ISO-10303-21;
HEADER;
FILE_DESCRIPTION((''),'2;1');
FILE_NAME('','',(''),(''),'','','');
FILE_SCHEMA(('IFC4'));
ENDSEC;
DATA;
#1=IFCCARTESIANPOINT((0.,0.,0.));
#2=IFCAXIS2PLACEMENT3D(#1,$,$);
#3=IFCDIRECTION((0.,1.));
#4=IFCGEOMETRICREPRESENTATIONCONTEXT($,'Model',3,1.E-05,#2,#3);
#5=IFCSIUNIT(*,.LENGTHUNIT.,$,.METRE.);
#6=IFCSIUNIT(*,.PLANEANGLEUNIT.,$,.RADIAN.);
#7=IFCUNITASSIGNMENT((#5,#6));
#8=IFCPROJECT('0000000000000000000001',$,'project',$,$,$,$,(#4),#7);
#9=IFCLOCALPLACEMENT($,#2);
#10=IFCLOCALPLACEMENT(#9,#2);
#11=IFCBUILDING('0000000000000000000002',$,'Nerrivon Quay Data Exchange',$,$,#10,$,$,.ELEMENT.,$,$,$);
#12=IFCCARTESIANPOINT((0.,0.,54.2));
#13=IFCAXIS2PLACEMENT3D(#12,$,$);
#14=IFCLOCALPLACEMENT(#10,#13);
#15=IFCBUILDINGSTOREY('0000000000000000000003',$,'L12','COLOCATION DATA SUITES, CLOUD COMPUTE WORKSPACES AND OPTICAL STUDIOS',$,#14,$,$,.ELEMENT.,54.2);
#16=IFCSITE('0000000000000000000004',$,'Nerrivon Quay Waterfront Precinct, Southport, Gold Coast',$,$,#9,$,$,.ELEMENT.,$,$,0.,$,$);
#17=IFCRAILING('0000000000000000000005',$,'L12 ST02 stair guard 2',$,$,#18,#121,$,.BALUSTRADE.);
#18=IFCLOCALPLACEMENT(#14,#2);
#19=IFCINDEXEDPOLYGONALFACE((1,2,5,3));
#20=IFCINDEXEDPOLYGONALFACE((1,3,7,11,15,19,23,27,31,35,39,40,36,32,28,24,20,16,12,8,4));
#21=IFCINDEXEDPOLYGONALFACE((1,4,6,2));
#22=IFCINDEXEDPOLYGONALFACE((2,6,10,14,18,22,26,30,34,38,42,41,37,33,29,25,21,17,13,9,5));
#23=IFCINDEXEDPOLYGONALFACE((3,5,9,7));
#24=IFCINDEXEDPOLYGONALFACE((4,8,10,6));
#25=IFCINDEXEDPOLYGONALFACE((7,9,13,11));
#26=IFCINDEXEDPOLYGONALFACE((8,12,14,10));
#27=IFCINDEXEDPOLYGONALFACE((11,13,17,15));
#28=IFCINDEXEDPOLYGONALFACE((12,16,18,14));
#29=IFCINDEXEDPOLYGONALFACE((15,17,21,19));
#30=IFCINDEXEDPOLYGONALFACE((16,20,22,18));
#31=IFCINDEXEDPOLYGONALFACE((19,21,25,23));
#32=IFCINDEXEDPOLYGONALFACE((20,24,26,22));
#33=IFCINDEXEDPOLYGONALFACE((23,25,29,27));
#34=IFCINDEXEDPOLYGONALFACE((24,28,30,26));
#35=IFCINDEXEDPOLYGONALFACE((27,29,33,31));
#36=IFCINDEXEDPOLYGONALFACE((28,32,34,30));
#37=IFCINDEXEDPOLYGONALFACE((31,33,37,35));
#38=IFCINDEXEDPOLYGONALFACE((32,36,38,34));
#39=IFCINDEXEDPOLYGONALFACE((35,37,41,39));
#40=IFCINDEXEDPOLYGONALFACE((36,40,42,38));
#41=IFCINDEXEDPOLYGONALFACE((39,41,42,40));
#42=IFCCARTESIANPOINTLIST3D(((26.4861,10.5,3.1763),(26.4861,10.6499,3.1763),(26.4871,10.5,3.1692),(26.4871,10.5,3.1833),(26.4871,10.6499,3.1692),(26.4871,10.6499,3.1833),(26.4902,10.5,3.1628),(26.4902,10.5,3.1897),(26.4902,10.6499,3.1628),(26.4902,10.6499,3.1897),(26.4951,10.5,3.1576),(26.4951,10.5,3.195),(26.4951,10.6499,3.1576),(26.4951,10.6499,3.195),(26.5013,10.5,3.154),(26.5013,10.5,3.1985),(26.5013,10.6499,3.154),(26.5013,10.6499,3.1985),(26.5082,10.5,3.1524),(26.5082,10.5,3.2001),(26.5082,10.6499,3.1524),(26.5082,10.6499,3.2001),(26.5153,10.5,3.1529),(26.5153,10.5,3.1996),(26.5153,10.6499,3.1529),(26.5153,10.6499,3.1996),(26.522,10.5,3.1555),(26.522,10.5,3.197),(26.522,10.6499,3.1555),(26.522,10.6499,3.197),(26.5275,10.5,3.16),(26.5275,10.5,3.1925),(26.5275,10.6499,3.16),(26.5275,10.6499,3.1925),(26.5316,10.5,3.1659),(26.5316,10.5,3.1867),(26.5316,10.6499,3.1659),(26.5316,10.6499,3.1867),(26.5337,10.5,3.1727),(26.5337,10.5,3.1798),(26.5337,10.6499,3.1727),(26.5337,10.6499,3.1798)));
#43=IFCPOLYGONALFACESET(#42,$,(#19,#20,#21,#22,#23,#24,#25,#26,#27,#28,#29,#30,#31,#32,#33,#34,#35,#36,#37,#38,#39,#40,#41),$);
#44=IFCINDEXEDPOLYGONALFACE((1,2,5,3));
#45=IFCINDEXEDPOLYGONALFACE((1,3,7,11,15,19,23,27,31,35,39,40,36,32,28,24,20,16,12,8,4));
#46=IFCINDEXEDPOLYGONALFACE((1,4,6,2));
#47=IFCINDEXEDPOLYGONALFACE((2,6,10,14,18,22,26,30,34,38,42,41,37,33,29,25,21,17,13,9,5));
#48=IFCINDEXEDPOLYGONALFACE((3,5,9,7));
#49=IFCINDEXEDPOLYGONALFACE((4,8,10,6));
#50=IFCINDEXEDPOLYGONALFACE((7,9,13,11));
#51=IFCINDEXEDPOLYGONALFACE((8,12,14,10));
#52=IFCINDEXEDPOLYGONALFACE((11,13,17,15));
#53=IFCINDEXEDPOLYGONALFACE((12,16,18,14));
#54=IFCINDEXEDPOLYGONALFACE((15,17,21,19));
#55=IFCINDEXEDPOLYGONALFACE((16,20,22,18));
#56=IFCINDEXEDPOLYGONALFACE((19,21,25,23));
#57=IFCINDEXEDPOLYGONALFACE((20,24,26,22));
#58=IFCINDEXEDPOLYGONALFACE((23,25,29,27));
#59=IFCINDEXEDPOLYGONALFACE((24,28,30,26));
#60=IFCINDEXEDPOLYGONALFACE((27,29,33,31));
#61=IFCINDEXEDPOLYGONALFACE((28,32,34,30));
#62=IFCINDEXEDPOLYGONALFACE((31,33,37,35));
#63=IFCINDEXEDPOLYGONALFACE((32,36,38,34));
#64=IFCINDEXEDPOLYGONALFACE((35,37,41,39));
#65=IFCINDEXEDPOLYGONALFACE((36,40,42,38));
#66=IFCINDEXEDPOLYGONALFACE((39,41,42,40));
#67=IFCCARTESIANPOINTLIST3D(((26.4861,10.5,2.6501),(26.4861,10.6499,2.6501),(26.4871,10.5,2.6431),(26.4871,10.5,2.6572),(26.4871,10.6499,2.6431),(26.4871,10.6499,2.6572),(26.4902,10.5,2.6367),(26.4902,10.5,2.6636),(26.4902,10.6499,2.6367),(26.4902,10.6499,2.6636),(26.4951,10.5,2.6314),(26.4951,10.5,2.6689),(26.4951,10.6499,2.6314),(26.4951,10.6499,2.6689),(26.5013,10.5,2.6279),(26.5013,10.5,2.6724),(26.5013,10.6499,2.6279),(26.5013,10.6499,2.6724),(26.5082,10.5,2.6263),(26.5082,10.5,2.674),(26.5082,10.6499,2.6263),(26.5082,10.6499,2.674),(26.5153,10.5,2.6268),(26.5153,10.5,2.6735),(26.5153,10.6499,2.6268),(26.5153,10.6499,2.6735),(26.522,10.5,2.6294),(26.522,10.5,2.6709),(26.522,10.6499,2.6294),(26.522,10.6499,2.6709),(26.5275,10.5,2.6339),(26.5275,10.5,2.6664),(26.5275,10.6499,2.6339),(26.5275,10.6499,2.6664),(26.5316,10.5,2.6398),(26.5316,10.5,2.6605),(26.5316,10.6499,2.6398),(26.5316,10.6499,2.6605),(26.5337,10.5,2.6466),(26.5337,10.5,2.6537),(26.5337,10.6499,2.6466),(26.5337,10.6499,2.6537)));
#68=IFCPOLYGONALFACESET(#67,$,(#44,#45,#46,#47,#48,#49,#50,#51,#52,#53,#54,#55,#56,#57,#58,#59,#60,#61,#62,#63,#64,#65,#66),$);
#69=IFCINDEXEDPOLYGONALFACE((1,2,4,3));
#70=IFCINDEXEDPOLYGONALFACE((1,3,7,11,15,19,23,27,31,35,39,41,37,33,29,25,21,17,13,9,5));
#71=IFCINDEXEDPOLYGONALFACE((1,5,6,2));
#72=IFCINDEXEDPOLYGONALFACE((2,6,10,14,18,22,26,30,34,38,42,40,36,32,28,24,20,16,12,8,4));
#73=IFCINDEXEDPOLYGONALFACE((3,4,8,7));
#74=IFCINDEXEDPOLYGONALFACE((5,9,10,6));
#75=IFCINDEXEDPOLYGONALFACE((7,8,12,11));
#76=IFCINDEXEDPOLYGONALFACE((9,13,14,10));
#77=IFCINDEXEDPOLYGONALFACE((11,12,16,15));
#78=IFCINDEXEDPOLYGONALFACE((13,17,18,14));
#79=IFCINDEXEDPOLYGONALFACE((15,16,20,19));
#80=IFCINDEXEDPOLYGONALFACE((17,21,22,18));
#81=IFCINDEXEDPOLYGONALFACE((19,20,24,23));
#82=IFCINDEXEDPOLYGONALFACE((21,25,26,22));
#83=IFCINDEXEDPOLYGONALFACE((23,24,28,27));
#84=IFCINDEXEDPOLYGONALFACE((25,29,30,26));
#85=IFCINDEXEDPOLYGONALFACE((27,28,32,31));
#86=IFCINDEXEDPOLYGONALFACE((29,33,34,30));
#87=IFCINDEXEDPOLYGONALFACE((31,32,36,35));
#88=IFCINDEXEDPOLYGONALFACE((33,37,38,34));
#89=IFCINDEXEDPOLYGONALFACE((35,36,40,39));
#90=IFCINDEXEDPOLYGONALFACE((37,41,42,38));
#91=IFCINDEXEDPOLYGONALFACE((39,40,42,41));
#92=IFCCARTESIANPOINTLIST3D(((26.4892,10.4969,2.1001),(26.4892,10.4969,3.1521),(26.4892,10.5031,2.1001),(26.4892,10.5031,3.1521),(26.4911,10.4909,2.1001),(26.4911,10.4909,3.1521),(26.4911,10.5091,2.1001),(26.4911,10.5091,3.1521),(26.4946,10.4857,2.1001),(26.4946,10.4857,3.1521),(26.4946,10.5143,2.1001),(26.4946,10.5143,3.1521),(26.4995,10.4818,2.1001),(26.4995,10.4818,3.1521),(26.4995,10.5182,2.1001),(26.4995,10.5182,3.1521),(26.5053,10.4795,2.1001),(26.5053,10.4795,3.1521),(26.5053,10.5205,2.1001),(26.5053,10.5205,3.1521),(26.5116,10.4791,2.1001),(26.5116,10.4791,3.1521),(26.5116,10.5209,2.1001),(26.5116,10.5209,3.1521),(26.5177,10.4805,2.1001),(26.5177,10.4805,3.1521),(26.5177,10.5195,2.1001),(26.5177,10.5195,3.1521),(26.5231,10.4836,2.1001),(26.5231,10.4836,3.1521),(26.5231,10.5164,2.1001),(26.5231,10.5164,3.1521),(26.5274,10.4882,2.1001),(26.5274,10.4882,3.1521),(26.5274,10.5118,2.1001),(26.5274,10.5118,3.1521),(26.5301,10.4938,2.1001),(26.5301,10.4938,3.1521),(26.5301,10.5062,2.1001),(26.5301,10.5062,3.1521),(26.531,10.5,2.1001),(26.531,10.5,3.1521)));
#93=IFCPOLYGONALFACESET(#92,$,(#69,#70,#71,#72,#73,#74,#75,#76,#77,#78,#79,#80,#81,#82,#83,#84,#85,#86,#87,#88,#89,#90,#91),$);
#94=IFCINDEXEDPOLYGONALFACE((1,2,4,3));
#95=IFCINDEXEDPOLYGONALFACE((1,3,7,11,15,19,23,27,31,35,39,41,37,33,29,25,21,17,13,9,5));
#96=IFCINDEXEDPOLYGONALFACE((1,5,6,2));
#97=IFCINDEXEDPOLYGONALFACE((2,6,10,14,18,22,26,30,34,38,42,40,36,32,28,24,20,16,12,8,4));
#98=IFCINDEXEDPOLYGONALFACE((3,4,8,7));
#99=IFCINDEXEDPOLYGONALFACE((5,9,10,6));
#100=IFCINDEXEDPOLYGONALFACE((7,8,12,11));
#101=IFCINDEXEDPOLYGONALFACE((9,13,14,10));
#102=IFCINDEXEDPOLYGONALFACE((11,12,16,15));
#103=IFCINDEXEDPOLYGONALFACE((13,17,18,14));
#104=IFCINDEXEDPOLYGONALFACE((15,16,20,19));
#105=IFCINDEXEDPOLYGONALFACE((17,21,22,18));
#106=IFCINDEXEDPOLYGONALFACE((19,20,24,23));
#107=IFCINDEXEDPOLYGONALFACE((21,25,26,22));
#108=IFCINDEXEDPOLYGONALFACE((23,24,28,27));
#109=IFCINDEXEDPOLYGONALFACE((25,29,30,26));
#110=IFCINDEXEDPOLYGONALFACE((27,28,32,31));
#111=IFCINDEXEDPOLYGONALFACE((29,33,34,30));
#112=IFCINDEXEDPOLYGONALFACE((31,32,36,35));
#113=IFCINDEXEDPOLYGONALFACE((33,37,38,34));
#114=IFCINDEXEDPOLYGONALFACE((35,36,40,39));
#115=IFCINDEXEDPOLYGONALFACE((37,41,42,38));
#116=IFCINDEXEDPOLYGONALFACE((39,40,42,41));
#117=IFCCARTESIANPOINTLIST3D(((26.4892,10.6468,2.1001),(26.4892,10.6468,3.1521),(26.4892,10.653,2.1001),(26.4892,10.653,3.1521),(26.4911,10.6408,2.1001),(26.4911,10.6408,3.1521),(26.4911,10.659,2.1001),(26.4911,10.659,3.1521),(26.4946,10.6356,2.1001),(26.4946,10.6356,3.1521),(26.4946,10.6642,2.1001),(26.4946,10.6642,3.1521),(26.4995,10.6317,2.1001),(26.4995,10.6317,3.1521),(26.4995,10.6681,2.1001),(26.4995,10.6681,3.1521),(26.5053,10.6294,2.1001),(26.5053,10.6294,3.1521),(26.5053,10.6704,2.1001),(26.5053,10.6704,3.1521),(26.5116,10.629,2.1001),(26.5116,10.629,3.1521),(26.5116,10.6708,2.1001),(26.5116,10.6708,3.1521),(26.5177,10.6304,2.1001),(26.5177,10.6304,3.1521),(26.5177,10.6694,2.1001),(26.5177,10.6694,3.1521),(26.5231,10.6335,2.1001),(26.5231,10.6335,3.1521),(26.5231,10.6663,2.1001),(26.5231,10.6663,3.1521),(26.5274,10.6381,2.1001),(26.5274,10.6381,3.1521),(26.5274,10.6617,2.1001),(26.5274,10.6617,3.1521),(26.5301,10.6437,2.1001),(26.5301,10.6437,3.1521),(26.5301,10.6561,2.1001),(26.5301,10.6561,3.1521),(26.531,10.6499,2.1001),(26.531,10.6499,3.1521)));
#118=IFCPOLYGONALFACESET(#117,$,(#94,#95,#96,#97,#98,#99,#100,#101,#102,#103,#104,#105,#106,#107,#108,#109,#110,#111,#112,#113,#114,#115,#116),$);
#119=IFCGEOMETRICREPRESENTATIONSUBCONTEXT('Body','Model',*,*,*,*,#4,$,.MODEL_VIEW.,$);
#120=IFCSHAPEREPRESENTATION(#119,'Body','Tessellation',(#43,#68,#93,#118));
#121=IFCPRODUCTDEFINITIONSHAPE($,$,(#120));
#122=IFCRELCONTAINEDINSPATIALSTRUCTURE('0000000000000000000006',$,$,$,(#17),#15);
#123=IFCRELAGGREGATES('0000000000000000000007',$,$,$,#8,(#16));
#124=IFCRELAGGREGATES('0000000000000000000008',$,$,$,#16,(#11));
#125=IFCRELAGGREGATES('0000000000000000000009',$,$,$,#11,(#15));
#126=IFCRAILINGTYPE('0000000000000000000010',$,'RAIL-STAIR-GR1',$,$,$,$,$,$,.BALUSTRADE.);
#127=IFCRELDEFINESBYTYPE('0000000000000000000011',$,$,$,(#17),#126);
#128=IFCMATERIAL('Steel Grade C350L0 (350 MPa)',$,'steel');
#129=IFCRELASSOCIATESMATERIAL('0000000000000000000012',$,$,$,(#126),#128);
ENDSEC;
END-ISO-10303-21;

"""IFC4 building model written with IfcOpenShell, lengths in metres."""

from ifc_helpers import new_model, si_unit, direction, frame, origin, origin_2d, place, context, subcontext, project, spatial, circle, extrude, material, type_object, element, save


model = new_model("IFC4")

# Units and contexts
model_context = context("Model", 3, precision=1e-05, world=origin(), true_north=direction((0.0, 1.0)))
body_context = subcontext(model_context, "Body", "Model", "MODEL_VIEW")
ifc_project = project(units=[si_unit("LENGTHUNIT", "METRE"), si_unit("PLANEANGLEUNIT", "RADIAN")], contexts=[model_context])

# Site, building, storey
site_placement = place(None, origin())
site = spatial("IfcSite", under=ifc_project, at=site_placement, Name="Nerrivon Quay Waterfront Precinct, Southport, Gold Coast", CompositionType="ELEMENT", RefElevation=0.0)
building_placement = place(site_placement, origin())
building = spatial("IfcBuilding", under=site, at=building_placement, Name="Nerrivon Quay Data Exchange", CompositionType="ELEMENT")
storey_placement = place(building_placement, frame((0.0, 0.0, 54.2)))
storey = spatial("IfcBuildingStorey", under=building, at=storey_placement, Name="L12", Description="COLOCATION DATA SUITES, CLOUD COMPUTE WORKSPACES AND OPTICAL STUDIOS", CompositionType="ELEMENT", Elevation=54.2)

# Railing
ifc_material_1 = material(Name="Steel Grade C350L0 (350 MPa)", Category="steel")
railing_type_1 = type_object("IfcRailingType", Name="RAIL-STAIR-GR1", PredefinedType="BALUSTRADE", material=ifc_material_1)
railing_1_placement = place(storey_placement, frame((26.51, 10.5, 2.1001)))
element("IfcRailing", 1, at=railing_1_placement, inside=storey, type_object=railing_type_1, Name="L12 ST02 stair guard 2", PredefinedType="BALUSTRADE", context=body_context, shape_type="SweptSolid", body=[
    extrude(circle(Radius=0.0239, at=origin_2d()), frame((0.0, 0.0, 1.0762), z_axis=(0.0, 1.0, 0.0), x_axis=(-1.0, 0.0, 0.0)), (0.0, 0.0, 1.0), 0.1499),
    extrude(circle(Radius=0.0239, at=origin_2d()), frame((0.0, 0.0, 0.55), z_axis=(0.0, 1.0, 0.0), x_axis=(-1.0, 0.0, 0.0)), (0.0, 0.0, 1.0), 0.1499),
    extrude(circle(Radius=0.021, at=origin_2d()), origin(), (0.0, 0.0, 1.0), 1.052),
    extrude(circle(Radius=0.021, at=origin_2d()), frame((0.0, 0.1499, 0.0)), (0.0, 0.0, 1.0), 1.052),
])

save(model, "model.ifc")
